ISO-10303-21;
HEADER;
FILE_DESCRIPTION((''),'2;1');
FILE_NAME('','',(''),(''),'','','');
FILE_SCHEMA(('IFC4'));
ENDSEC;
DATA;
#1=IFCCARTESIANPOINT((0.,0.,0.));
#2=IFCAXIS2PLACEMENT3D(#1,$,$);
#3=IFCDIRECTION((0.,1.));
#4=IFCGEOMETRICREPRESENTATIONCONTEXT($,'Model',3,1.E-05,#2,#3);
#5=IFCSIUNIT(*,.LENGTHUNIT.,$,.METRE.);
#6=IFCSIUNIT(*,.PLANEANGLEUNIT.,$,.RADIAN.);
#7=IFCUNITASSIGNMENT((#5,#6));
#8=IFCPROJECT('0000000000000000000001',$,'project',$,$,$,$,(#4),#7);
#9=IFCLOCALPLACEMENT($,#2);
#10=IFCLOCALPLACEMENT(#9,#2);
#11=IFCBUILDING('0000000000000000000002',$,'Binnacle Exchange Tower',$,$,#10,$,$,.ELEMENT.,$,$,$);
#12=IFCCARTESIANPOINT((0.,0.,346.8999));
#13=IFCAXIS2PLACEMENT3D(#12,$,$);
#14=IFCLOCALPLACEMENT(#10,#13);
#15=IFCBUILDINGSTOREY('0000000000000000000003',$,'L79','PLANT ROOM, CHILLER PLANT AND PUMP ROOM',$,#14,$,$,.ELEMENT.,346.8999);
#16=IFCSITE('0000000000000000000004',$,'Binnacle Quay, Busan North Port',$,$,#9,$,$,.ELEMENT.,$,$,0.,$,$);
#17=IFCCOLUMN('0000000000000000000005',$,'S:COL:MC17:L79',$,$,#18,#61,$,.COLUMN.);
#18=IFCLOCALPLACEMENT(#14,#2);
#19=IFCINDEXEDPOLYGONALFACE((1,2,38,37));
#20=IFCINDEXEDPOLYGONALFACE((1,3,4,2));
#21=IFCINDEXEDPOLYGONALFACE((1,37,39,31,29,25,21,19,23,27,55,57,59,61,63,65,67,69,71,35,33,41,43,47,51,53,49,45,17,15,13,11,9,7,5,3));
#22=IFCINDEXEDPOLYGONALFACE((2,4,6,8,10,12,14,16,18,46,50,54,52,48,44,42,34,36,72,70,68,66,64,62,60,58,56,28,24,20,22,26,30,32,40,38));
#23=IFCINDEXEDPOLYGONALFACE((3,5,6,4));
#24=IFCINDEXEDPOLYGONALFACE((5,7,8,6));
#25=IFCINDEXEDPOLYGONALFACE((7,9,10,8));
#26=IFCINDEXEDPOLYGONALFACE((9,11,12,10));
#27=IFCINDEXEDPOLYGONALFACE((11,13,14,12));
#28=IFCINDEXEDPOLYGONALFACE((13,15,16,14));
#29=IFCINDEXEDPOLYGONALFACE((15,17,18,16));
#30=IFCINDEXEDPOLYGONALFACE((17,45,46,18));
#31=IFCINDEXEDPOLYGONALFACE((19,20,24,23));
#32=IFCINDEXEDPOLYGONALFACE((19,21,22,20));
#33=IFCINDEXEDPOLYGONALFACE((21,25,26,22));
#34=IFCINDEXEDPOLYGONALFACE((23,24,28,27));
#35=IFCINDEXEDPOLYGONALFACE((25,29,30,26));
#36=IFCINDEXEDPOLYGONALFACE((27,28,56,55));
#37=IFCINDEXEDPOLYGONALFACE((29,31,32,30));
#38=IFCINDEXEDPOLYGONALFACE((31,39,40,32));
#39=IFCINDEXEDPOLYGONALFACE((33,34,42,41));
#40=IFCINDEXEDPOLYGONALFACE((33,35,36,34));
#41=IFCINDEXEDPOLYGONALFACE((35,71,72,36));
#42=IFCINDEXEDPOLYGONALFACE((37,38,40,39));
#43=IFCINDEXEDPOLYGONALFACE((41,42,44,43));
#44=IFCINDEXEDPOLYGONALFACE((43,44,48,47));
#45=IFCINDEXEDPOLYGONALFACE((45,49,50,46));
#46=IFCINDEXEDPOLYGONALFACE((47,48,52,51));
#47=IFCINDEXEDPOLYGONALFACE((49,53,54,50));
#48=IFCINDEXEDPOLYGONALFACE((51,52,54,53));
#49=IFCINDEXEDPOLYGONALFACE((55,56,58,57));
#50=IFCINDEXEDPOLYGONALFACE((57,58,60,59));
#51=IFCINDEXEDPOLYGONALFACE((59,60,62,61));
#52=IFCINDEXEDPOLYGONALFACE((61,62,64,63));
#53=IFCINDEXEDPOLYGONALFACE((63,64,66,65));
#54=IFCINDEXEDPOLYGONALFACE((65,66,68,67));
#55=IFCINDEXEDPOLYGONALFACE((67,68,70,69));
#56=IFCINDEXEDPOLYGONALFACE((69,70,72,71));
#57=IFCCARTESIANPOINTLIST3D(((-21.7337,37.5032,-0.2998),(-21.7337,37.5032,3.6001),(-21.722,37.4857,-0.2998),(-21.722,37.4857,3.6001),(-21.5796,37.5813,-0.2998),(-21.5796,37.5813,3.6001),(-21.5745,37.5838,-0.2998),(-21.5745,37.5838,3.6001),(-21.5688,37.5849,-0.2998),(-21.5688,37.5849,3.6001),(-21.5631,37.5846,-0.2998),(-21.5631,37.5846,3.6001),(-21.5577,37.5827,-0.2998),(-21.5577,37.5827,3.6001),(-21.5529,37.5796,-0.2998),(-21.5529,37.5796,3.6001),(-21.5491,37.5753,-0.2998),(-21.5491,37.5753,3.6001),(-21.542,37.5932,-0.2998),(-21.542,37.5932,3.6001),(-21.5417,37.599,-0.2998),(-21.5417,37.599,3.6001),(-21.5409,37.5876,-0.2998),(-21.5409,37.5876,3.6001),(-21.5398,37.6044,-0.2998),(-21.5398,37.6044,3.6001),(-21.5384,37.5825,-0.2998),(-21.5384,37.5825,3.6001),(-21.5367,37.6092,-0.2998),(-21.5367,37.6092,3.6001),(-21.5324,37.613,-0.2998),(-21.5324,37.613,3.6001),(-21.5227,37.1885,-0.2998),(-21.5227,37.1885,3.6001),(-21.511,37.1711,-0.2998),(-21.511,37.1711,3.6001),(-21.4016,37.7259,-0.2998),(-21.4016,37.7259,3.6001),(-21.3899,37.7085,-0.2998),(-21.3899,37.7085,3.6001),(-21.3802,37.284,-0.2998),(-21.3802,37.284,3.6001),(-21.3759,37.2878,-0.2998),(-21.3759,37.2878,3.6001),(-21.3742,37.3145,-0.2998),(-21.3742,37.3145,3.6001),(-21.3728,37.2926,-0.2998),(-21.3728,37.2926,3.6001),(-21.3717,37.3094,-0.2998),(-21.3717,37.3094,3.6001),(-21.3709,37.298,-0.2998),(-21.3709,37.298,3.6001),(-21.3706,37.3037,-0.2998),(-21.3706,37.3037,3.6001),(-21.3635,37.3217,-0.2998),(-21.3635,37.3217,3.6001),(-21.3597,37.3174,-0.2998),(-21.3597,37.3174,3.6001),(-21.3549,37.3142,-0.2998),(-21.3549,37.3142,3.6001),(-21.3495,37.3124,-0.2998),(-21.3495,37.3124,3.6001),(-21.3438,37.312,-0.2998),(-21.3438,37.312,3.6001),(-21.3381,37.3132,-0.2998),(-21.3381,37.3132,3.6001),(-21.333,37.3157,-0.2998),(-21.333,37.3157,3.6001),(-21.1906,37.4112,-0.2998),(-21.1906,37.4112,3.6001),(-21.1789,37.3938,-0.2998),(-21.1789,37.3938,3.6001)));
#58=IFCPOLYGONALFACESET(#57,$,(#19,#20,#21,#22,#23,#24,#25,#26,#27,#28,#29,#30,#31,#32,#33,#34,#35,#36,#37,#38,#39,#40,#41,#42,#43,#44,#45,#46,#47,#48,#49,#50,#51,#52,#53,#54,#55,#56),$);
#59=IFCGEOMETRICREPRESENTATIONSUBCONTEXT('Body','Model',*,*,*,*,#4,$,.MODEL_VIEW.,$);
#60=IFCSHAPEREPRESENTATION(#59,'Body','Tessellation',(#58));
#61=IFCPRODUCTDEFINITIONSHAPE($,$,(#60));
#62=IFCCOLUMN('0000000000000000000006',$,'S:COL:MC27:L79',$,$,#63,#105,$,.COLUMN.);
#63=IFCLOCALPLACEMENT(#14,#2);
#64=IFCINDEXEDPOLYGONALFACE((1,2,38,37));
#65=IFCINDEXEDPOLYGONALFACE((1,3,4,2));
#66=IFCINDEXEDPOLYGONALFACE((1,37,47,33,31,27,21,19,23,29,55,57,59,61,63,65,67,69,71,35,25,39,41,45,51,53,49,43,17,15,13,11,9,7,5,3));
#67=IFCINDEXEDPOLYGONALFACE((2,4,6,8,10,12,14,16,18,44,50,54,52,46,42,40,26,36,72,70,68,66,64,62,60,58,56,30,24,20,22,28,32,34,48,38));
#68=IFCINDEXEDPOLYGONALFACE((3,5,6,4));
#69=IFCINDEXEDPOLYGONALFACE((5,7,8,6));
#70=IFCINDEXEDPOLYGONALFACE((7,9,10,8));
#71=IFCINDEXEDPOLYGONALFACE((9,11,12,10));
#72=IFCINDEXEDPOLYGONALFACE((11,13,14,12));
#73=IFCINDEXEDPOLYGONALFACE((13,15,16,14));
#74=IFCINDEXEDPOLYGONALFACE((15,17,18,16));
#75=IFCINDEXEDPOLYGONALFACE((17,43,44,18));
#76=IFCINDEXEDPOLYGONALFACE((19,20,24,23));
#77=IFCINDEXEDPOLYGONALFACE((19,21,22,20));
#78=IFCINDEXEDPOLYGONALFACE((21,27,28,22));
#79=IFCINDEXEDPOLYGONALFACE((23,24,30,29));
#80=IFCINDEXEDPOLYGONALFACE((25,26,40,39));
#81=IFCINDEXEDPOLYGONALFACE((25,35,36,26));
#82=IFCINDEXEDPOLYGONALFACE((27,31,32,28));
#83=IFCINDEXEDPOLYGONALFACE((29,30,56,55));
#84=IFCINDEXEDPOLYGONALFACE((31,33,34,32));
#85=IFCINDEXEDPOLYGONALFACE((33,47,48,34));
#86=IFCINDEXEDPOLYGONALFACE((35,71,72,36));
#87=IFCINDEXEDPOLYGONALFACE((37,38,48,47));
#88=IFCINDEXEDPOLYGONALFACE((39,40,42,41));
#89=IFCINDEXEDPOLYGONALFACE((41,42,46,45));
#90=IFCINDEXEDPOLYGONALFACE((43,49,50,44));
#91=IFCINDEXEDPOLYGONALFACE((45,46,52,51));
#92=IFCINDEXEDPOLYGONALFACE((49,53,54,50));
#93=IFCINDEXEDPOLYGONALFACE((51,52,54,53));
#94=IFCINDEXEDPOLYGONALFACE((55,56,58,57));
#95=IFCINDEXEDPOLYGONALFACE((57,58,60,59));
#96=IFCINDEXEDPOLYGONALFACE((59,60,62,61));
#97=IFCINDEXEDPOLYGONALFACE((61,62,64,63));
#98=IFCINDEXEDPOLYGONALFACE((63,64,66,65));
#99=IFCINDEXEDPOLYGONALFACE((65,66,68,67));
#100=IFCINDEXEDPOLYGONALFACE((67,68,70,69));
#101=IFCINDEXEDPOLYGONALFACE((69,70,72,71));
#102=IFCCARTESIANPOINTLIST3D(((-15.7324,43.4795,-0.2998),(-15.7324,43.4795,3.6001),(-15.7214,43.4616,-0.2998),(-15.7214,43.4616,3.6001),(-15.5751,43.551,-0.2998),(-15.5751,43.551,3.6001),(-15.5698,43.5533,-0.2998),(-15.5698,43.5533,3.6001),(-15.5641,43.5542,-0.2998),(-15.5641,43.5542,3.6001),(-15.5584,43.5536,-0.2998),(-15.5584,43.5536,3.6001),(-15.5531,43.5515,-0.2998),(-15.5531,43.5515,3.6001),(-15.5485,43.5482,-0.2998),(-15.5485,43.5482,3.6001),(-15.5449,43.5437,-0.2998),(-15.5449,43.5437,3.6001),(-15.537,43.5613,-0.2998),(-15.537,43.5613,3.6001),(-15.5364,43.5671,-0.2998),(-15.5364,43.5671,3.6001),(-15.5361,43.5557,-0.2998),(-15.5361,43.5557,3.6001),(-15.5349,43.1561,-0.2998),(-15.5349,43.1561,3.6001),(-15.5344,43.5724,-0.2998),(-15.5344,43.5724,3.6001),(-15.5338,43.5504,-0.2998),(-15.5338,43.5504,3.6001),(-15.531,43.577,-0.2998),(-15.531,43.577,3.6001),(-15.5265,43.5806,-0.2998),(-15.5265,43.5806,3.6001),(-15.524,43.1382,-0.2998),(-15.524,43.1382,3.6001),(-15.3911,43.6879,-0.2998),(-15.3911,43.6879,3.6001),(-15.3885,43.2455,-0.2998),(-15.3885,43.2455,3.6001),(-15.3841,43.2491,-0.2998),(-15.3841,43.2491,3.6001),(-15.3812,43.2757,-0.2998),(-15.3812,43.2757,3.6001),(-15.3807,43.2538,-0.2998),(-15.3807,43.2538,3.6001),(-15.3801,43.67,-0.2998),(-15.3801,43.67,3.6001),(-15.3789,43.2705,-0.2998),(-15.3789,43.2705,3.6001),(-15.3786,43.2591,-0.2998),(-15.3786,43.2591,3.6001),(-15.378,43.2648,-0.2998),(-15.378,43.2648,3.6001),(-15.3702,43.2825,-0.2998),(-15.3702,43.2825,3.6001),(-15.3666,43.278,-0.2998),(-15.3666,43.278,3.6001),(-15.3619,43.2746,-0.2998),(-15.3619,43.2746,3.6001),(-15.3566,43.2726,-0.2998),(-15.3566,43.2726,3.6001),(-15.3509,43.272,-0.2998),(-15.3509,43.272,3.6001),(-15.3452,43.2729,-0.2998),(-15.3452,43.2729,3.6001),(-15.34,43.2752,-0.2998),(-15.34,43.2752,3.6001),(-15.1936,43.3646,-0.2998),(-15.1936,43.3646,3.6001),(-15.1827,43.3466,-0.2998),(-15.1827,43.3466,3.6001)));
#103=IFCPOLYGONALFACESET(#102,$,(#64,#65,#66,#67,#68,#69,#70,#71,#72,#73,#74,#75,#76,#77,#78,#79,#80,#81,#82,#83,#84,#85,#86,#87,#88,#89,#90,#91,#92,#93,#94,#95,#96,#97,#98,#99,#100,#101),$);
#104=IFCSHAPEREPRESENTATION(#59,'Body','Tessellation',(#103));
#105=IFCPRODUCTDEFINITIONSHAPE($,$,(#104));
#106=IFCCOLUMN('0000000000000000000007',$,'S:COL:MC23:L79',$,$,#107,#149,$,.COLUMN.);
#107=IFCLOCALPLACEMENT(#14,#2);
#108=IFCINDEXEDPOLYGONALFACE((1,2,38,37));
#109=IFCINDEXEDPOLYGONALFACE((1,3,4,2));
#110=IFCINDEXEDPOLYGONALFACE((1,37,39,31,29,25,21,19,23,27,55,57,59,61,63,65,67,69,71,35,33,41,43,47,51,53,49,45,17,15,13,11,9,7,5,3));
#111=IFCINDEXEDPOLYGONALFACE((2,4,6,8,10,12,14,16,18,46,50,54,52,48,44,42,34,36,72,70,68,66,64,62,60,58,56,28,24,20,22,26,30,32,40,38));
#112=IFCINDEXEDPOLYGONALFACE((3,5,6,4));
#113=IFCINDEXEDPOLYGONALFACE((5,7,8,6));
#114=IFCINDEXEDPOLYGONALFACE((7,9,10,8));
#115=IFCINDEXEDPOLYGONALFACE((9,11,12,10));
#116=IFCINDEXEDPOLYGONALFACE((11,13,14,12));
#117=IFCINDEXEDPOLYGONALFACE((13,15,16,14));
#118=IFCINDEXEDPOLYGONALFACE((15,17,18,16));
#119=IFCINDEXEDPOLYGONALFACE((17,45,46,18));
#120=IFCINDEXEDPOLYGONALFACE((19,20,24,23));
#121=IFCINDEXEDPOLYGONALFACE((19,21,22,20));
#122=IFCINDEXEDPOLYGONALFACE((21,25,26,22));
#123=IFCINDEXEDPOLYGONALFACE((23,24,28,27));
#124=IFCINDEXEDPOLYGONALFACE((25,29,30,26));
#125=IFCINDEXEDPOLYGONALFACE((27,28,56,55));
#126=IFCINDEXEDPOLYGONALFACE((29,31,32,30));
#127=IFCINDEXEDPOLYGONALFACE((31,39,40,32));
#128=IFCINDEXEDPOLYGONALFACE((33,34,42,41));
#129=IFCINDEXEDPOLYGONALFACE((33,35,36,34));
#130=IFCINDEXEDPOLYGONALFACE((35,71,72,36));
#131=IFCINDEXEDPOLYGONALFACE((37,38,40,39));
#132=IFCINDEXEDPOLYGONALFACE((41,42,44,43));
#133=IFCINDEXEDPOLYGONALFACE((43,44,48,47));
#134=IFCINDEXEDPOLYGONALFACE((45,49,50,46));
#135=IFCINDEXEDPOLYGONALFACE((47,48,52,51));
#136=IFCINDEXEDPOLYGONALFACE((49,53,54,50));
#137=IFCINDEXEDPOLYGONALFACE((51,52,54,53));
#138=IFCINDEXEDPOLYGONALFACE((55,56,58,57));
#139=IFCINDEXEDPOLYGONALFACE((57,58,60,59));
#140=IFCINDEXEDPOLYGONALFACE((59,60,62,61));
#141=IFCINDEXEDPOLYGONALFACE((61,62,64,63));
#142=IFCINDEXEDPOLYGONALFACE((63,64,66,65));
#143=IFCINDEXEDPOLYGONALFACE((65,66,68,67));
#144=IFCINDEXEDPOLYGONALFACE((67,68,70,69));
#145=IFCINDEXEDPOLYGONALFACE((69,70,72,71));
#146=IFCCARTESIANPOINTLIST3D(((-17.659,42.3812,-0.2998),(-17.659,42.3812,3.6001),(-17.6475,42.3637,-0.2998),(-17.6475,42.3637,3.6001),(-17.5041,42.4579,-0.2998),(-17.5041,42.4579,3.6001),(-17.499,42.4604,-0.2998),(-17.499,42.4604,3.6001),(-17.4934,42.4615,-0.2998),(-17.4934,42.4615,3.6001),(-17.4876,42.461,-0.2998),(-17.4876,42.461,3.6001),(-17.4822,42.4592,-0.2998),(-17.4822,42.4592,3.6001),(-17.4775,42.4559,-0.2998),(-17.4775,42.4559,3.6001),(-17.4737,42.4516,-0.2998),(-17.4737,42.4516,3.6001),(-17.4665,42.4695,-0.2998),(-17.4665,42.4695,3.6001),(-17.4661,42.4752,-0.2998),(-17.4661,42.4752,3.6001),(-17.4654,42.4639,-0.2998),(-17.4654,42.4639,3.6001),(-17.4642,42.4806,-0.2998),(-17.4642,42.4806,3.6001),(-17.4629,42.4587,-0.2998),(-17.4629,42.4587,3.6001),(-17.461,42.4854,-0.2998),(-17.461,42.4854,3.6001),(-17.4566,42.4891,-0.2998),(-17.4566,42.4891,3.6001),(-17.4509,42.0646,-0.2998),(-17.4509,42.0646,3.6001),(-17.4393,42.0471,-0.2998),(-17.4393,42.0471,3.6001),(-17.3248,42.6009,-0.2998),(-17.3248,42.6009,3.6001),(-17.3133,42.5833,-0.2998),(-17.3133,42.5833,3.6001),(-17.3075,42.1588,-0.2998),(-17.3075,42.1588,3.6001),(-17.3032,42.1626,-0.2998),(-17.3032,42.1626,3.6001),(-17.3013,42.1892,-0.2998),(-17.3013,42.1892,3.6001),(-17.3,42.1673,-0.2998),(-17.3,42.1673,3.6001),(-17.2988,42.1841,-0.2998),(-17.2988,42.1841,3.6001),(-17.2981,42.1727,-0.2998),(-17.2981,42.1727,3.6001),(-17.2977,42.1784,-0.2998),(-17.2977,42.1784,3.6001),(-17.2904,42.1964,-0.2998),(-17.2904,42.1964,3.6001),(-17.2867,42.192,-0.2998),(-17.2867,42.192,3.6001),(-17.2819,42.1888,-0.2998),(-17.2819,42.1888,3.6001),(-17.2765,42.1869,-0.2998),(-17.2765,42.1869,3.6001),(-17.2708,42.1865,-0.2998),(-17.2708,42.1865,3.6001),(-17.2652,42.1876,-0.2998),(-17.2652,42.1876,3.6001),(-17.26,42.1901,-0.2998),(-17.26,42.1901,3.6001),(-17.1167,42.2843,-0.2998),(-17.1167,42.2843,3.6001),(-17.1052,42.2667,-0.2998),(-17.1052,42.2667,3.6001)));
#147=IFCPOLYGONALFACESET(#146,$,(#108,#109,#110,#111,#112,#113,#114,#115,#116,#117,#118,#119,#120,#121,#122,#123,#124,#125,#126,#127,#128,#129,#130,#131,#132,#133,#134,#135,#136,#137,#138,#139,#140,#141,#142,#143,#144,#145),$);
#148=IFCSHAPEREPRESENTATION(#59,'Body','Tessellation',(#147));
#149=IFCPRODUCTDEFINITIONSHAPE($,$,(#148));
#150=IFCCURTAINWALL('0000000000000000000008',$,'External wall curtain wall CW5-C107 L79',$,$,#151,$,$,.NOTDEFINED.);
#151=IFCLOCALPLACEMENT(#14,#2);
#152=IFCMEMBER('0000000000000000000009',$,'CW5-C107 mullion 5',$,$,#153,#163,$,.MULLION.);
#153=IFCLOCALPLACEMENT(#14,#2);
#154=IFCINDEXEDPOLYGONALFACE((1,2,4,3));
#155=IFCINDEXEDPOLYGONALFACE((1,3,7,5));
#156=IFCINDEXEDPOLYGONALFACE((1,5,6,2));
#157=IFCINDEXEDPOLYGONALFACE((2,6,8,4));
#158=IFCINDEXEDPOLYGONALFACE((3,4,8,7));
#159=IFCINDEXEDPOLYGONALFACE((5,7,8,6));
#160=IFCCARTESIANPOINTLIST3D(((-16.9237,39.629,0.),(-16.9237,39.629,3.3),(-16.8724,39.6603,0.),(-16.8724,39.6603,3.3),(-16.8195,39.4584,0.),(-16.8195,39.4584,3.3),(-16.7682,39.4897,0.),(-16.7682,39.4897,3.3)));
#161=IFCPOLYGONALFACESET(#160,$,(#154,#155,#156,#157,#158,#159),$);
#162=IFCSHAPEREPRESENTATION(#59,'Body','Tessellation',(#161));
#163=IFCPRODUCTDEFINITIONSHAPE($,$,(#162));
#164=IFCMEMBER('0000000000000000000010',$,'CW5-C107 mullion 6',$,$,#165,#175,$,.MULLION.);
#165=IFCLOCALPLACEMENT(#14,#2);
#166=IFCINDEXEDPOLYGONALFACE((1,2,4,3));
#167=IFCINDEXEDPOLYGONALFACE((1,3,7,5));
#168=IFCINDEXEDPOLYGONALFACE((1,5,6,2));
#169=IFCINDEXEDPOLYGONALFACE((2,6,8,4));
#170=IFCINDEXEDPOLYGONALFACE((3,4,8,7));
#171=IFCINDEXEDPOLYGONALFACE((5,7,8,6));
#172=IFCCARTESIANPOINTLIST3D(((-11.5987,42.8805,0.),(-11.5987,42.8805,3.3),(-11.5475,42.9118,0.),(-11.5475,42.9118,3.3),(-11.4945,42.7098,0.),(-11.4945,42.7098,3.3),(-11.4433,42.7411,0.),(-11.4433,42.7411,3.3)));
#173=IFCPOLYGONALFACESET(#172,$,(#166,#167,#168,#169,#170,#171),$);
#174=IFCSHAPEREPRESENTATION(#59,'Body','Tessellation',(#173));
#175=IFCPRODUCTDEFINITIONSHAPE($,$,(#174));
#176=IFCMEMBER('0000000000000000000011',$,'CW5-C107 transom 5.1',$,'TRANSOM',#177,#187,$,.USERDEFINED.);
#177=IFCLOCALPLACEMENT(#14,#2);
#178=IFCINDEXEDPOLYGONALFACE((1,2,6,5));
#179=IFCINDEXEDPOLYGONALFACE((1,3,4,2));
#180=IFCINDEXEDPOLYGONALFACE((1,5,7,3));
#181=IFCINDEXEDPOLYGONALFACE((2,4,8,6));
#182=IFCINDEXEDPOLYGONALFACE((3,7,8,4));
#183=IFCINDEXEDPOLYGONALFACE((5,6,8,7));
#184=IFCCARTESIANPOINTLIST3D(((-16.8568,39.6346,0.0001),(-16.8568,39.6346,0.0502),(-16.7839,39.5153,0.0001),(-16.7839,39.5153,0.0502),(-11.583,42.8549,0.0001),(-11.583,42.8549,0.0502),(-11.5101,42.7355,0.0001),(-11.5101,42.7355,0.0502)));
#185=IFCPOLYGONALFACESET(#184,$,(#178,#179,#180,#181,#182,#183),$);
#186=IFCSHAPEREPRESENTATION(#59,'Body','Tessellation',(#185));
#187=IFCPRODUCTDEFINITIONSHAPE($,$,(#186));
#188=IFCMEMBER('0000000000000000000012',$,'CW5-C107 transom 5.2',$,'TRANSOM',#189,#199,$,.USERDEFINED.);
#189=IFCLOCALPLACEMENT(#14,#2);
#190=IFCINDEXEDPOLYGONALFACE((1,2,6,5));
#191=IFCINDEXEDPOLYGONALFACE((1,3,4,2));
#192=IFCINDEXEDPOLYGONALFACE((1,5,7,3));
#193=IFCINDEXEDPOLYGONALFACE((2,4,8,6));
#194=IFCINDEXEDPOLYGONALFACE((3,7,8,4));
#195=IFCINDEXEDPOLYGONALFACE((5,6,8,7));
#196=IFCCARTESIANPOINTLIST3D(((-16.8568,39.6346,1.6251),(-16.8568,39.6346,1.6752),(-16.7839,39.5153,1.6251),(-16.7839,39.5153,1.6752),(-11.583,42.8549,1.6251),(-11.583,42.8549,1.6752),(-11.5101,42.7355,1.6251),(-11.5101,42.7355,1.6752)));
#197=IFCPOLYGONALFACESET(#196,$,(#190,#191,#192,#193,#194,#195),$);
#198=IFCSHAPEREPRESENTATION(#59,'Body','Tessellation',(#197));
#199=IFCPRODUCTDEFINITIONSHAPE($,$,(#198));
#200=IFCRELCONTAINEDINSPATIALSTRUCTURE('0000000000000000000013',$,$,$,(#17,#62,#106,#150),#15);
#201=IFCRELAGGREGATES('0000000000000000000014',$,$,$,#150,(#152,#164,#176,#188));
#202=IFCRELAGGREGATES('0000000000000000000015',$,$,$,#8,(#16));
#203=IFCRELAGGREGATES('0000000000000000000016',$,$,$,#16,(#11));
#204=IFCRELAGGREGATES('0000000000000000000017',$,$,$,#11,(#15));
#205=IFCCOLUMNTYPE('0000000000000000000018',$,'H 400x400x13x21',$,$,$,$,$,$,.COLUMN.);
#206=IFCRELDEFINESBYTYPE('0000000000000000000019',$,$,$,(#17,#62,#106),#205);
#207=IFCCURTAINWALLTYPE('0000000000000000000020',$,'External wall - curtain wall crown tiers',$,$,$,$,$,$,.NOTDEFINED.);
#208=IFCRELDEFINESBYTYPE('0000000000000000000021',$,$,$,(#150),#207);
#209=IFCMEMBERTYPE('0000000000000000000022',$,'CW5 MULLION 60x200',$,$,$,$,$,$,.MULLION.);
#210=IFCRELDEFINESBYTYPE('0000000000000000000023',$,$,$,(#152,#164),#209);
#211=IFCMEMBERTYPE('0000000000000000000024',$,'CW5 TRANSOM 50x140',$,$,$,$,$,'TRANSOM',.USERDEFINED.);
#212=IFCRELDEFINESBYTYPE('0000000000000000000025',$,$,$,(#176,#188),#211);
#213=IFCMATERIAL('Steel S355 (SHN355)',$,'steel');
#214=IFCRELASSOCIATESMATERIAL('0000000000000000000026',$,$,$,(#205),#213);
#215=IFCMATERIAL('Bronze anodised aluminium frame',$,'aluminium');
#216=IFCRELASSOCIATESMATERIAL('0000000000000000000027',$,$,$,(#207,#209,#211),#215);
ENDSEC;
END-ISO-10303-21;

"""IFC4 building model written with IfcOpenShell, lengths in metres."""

from ifc_helpers import new_model, si_unit, direction, frame, origin, origin_2d, place, context, subcontext, project, spatial, rectangle, i_section, extrude, material, material_profile, profile_set, type_object, element, aggregate, save


model = new_model("IFC4")

# Units and contexts
model_context = context("Model", 3, precision=1e-05, world=origin(), true_north=direction((0.0, 1.0)))
body_context = subcontext(model_context, "Body", "Model", "MODEL_VIEW")
ifc_project = project(units=[si_unit("LENGTHUNIT", "METRE"), si_unit("PLANEANGLEUNIT", "RADIAN")], contexts=[model_context])

# Site, building, storey
site_placement = place(None, origin())
site = spatial("IfcSite", under=ifc_project, at=site_placement, Name="Binnacle Quay, Busan North Port", CompositionType="ELEMENT", RefElevation=0.0)
building_placement = place(site_placement, origin())
building = spatial("IfcBuilding", under=site, at=building_placement, Name="Binnacle Exchange Tower", CompositionType="ELEMENT")
storey_placement = place(building_placement, frame((0.0, 0.0, 346.8999)))
storey = spatial("IfcBuildingStorey", under=building, at=storey_placement, Name="L79", Description="PLANT ROOM, CHILLER PLANT AND PUMP ROOM", CompositionType="ELEMENT", Elevation=346.8999)

# Columns
ifc_material_1 = material(Name="Steel S355 (SHN355)", Category="steel")
ifc_material_profile_1 = material_profile(ifc_material_1, i_section(OverallWidth=0.3999, OverallDepth=0.3999, WebThickness=0.0129, FlangeThickness=0.021, FilletRadius=0.022, at=origin_2d()), Name="H 400x400x13x21")
ifc_profile_set_1 = profile_set([ifc_material_profile_1], Name="Steel S355 (SHN355)")
column_type = type_object("IfcColumnType", Name="H 400x400x13x21", PredefinedType="COLUMN", material=ifc_profile_set_1)
for number, where, z_axis, x_axis, name in (
    (1, (-21.4563, 37.4485, -0.2998), (0.0, 0.0, 1.0), (0.830499, 0.557021, 0.0), "S:COL:MC17:L79"),
    (2, (-15.4575, 43.4131, -0.2998), (0.0, 0.0, 1.0), (0.85346, 0.521159, 0.0), "S:COL:MC27:L79"),
    (3, (-17.3821, 42.324, -0.2998), (0.0, 0.0, 1.0), (0.835616, 0.549315, 0.0), "S:COL:MC23:L79"),
):
    element("IfcColumn", number, at=place(storey_placement, frame(where, z_axis=z_axis, x_axis=x_axis)), inside=storey, type_object=column_type, Name=name, PredefinedType="COLUMN", context=body_context, shape_type="SweptSolid", body=[
        extrude(i_section(OverallWidth=0.3999, OverallDepth=0.3999, WebThickness=0.0129, FlangeThickness=0.021, FilletRadius=0.022, at=origin_2d()), origin(), (0.0, 0.0, 1.0), 3.8999),
    ])

# Curtain wall, members
ifc_material_2 = material(Name="Bronze anodised aluminium frame", Category="aluminium")
curtain_wall_type = type_object("IfcCurtainWallType", Name="External wall - curtain wall crown tiers", PredefinedType="NOTDEFINED", material=ifc_material_2)
curtain_wall_placement = place(storey_placement, origin())
curtain_wall = element("IfcCurtainWall", 4, at=curtain_wall_placement, inside=storey, type_object=curtain_wall_type, Name="External wall curtain wall CW5-C107 L79", PredefinedType="NOTDEFINED")
ifc_material_profile_2 = material_profile(ifc_material_2, rectangle(XDim=0.2, YDim=0.0601, at=origin_2d()), Name="AL 60x200")
ifc_profile_set_2 = profile_set([ifc_material_profile_2], Name="Bronze anodised aluminium frame")
member_type_1 = type_object("IfcMemberType", Name="CW5 MULLION 60x200", PredefinedType="MULLION", material=ifc_profile_set_2)
member_1_placement = place(storey_placement, frame((-16.8459, 39.5593, 0.0), z_axis=(0.0, 0.0, 1.0), x_axis=(-0.521157, 0.853461, 0.0)))
member_1 = element("IfcMember", 5, at=member_1_placement, type_object=member_type_1, Name="CW5-C107 mullion 5", PredefinedType="MULLION", context=body_context, shape_type="SweptSolid", body=[
    extrude(rectangle(XDim=0.2, YDim=0.0601, at=origin_2d()), origin(), (0.0, 0.0, 1.0), 3.3),
])
member_2_placement = place(storey_placement, frame((-11.521, 42.8108, 0.0), z_axis=(0.0, 0.0, 1.0), x_axis=(-0.521157, 0.853461, 0.0)))
member_2 = element("IfcMember", 6, at=member_2_placement, type_object=member_type_1, Name="CW5-C107 mullion 6", PredefinedType="MULLION", context=body_context, shape_type="SweptSolid", body=[
    extrude(rectangle(XDim=0.2, YDim=0.0601, at=origin_2d()), origin(), (0.0, 0.0, 1.0), 3.3),
])
ifc_material_profile_3 = material_profile(ifc_material_2, rectangle(XDim=0.1399, YDim=0.05, at=origin_2d()), Name="AL 140x50")
ifc_profile_set_3 = profile_set([ifc_material_profile_3], Name="Bronze anodised aluminium frame")
member_type_2 = type_object("IfcMemberType", Name="CW5 TRANSOM 50x140", ElementType="TRANSOM", PredefinedType="USERDEFINED", material=ifc_profile_set_3)
member_3_placement = place(storey_placement, frame((-16.8203, 39.575, 0.0251), z_axis=(0.853468, 0.521145, 0.0), x_axis=(-0.521145, 0.853468, 0.0)))
member_3 = element("IfcMember", 7, at=member_3_placement, type_object=member_type_2, Name="CW5-C107 transom 5.1", ObjectType="TRANSOM", PredefinedType="USERDEFINED", context=body_context, shape_type="SweptSolid", body=[
    extrude(rectangle(XDim=0.1399, YDim=0.05, at=origin_2d()), origin(), (0.0, 0.0, 1.0), 6.1792),
])
member_4_placement = place(storey_placement, frame((-16.8203, 39.575, 1.6501), z_axis=(0.853468, 0.521145, 0.0), x_axis=(-0.521145, 0.853468, 0.0)))
member_4 = element("IfcMember", 8, at=member_4_placement, type_object=member_type_2, Name="CW5-C107 transom 5.2", ObjectType="TRANSOM", PredefinedType="USERDEFINED", context=body_context, shape_type="SweptSolid", body=[
    extrude(rectangle(XDim=0.1399, YDim=0.05, at=origin_2d()), origin(), (0.0, 0.0, 1.0), 6.1792),
])

aggregate(curtain_wall, [member_1, member_2, member_3, member_4])

save(model, "model.ifc")
